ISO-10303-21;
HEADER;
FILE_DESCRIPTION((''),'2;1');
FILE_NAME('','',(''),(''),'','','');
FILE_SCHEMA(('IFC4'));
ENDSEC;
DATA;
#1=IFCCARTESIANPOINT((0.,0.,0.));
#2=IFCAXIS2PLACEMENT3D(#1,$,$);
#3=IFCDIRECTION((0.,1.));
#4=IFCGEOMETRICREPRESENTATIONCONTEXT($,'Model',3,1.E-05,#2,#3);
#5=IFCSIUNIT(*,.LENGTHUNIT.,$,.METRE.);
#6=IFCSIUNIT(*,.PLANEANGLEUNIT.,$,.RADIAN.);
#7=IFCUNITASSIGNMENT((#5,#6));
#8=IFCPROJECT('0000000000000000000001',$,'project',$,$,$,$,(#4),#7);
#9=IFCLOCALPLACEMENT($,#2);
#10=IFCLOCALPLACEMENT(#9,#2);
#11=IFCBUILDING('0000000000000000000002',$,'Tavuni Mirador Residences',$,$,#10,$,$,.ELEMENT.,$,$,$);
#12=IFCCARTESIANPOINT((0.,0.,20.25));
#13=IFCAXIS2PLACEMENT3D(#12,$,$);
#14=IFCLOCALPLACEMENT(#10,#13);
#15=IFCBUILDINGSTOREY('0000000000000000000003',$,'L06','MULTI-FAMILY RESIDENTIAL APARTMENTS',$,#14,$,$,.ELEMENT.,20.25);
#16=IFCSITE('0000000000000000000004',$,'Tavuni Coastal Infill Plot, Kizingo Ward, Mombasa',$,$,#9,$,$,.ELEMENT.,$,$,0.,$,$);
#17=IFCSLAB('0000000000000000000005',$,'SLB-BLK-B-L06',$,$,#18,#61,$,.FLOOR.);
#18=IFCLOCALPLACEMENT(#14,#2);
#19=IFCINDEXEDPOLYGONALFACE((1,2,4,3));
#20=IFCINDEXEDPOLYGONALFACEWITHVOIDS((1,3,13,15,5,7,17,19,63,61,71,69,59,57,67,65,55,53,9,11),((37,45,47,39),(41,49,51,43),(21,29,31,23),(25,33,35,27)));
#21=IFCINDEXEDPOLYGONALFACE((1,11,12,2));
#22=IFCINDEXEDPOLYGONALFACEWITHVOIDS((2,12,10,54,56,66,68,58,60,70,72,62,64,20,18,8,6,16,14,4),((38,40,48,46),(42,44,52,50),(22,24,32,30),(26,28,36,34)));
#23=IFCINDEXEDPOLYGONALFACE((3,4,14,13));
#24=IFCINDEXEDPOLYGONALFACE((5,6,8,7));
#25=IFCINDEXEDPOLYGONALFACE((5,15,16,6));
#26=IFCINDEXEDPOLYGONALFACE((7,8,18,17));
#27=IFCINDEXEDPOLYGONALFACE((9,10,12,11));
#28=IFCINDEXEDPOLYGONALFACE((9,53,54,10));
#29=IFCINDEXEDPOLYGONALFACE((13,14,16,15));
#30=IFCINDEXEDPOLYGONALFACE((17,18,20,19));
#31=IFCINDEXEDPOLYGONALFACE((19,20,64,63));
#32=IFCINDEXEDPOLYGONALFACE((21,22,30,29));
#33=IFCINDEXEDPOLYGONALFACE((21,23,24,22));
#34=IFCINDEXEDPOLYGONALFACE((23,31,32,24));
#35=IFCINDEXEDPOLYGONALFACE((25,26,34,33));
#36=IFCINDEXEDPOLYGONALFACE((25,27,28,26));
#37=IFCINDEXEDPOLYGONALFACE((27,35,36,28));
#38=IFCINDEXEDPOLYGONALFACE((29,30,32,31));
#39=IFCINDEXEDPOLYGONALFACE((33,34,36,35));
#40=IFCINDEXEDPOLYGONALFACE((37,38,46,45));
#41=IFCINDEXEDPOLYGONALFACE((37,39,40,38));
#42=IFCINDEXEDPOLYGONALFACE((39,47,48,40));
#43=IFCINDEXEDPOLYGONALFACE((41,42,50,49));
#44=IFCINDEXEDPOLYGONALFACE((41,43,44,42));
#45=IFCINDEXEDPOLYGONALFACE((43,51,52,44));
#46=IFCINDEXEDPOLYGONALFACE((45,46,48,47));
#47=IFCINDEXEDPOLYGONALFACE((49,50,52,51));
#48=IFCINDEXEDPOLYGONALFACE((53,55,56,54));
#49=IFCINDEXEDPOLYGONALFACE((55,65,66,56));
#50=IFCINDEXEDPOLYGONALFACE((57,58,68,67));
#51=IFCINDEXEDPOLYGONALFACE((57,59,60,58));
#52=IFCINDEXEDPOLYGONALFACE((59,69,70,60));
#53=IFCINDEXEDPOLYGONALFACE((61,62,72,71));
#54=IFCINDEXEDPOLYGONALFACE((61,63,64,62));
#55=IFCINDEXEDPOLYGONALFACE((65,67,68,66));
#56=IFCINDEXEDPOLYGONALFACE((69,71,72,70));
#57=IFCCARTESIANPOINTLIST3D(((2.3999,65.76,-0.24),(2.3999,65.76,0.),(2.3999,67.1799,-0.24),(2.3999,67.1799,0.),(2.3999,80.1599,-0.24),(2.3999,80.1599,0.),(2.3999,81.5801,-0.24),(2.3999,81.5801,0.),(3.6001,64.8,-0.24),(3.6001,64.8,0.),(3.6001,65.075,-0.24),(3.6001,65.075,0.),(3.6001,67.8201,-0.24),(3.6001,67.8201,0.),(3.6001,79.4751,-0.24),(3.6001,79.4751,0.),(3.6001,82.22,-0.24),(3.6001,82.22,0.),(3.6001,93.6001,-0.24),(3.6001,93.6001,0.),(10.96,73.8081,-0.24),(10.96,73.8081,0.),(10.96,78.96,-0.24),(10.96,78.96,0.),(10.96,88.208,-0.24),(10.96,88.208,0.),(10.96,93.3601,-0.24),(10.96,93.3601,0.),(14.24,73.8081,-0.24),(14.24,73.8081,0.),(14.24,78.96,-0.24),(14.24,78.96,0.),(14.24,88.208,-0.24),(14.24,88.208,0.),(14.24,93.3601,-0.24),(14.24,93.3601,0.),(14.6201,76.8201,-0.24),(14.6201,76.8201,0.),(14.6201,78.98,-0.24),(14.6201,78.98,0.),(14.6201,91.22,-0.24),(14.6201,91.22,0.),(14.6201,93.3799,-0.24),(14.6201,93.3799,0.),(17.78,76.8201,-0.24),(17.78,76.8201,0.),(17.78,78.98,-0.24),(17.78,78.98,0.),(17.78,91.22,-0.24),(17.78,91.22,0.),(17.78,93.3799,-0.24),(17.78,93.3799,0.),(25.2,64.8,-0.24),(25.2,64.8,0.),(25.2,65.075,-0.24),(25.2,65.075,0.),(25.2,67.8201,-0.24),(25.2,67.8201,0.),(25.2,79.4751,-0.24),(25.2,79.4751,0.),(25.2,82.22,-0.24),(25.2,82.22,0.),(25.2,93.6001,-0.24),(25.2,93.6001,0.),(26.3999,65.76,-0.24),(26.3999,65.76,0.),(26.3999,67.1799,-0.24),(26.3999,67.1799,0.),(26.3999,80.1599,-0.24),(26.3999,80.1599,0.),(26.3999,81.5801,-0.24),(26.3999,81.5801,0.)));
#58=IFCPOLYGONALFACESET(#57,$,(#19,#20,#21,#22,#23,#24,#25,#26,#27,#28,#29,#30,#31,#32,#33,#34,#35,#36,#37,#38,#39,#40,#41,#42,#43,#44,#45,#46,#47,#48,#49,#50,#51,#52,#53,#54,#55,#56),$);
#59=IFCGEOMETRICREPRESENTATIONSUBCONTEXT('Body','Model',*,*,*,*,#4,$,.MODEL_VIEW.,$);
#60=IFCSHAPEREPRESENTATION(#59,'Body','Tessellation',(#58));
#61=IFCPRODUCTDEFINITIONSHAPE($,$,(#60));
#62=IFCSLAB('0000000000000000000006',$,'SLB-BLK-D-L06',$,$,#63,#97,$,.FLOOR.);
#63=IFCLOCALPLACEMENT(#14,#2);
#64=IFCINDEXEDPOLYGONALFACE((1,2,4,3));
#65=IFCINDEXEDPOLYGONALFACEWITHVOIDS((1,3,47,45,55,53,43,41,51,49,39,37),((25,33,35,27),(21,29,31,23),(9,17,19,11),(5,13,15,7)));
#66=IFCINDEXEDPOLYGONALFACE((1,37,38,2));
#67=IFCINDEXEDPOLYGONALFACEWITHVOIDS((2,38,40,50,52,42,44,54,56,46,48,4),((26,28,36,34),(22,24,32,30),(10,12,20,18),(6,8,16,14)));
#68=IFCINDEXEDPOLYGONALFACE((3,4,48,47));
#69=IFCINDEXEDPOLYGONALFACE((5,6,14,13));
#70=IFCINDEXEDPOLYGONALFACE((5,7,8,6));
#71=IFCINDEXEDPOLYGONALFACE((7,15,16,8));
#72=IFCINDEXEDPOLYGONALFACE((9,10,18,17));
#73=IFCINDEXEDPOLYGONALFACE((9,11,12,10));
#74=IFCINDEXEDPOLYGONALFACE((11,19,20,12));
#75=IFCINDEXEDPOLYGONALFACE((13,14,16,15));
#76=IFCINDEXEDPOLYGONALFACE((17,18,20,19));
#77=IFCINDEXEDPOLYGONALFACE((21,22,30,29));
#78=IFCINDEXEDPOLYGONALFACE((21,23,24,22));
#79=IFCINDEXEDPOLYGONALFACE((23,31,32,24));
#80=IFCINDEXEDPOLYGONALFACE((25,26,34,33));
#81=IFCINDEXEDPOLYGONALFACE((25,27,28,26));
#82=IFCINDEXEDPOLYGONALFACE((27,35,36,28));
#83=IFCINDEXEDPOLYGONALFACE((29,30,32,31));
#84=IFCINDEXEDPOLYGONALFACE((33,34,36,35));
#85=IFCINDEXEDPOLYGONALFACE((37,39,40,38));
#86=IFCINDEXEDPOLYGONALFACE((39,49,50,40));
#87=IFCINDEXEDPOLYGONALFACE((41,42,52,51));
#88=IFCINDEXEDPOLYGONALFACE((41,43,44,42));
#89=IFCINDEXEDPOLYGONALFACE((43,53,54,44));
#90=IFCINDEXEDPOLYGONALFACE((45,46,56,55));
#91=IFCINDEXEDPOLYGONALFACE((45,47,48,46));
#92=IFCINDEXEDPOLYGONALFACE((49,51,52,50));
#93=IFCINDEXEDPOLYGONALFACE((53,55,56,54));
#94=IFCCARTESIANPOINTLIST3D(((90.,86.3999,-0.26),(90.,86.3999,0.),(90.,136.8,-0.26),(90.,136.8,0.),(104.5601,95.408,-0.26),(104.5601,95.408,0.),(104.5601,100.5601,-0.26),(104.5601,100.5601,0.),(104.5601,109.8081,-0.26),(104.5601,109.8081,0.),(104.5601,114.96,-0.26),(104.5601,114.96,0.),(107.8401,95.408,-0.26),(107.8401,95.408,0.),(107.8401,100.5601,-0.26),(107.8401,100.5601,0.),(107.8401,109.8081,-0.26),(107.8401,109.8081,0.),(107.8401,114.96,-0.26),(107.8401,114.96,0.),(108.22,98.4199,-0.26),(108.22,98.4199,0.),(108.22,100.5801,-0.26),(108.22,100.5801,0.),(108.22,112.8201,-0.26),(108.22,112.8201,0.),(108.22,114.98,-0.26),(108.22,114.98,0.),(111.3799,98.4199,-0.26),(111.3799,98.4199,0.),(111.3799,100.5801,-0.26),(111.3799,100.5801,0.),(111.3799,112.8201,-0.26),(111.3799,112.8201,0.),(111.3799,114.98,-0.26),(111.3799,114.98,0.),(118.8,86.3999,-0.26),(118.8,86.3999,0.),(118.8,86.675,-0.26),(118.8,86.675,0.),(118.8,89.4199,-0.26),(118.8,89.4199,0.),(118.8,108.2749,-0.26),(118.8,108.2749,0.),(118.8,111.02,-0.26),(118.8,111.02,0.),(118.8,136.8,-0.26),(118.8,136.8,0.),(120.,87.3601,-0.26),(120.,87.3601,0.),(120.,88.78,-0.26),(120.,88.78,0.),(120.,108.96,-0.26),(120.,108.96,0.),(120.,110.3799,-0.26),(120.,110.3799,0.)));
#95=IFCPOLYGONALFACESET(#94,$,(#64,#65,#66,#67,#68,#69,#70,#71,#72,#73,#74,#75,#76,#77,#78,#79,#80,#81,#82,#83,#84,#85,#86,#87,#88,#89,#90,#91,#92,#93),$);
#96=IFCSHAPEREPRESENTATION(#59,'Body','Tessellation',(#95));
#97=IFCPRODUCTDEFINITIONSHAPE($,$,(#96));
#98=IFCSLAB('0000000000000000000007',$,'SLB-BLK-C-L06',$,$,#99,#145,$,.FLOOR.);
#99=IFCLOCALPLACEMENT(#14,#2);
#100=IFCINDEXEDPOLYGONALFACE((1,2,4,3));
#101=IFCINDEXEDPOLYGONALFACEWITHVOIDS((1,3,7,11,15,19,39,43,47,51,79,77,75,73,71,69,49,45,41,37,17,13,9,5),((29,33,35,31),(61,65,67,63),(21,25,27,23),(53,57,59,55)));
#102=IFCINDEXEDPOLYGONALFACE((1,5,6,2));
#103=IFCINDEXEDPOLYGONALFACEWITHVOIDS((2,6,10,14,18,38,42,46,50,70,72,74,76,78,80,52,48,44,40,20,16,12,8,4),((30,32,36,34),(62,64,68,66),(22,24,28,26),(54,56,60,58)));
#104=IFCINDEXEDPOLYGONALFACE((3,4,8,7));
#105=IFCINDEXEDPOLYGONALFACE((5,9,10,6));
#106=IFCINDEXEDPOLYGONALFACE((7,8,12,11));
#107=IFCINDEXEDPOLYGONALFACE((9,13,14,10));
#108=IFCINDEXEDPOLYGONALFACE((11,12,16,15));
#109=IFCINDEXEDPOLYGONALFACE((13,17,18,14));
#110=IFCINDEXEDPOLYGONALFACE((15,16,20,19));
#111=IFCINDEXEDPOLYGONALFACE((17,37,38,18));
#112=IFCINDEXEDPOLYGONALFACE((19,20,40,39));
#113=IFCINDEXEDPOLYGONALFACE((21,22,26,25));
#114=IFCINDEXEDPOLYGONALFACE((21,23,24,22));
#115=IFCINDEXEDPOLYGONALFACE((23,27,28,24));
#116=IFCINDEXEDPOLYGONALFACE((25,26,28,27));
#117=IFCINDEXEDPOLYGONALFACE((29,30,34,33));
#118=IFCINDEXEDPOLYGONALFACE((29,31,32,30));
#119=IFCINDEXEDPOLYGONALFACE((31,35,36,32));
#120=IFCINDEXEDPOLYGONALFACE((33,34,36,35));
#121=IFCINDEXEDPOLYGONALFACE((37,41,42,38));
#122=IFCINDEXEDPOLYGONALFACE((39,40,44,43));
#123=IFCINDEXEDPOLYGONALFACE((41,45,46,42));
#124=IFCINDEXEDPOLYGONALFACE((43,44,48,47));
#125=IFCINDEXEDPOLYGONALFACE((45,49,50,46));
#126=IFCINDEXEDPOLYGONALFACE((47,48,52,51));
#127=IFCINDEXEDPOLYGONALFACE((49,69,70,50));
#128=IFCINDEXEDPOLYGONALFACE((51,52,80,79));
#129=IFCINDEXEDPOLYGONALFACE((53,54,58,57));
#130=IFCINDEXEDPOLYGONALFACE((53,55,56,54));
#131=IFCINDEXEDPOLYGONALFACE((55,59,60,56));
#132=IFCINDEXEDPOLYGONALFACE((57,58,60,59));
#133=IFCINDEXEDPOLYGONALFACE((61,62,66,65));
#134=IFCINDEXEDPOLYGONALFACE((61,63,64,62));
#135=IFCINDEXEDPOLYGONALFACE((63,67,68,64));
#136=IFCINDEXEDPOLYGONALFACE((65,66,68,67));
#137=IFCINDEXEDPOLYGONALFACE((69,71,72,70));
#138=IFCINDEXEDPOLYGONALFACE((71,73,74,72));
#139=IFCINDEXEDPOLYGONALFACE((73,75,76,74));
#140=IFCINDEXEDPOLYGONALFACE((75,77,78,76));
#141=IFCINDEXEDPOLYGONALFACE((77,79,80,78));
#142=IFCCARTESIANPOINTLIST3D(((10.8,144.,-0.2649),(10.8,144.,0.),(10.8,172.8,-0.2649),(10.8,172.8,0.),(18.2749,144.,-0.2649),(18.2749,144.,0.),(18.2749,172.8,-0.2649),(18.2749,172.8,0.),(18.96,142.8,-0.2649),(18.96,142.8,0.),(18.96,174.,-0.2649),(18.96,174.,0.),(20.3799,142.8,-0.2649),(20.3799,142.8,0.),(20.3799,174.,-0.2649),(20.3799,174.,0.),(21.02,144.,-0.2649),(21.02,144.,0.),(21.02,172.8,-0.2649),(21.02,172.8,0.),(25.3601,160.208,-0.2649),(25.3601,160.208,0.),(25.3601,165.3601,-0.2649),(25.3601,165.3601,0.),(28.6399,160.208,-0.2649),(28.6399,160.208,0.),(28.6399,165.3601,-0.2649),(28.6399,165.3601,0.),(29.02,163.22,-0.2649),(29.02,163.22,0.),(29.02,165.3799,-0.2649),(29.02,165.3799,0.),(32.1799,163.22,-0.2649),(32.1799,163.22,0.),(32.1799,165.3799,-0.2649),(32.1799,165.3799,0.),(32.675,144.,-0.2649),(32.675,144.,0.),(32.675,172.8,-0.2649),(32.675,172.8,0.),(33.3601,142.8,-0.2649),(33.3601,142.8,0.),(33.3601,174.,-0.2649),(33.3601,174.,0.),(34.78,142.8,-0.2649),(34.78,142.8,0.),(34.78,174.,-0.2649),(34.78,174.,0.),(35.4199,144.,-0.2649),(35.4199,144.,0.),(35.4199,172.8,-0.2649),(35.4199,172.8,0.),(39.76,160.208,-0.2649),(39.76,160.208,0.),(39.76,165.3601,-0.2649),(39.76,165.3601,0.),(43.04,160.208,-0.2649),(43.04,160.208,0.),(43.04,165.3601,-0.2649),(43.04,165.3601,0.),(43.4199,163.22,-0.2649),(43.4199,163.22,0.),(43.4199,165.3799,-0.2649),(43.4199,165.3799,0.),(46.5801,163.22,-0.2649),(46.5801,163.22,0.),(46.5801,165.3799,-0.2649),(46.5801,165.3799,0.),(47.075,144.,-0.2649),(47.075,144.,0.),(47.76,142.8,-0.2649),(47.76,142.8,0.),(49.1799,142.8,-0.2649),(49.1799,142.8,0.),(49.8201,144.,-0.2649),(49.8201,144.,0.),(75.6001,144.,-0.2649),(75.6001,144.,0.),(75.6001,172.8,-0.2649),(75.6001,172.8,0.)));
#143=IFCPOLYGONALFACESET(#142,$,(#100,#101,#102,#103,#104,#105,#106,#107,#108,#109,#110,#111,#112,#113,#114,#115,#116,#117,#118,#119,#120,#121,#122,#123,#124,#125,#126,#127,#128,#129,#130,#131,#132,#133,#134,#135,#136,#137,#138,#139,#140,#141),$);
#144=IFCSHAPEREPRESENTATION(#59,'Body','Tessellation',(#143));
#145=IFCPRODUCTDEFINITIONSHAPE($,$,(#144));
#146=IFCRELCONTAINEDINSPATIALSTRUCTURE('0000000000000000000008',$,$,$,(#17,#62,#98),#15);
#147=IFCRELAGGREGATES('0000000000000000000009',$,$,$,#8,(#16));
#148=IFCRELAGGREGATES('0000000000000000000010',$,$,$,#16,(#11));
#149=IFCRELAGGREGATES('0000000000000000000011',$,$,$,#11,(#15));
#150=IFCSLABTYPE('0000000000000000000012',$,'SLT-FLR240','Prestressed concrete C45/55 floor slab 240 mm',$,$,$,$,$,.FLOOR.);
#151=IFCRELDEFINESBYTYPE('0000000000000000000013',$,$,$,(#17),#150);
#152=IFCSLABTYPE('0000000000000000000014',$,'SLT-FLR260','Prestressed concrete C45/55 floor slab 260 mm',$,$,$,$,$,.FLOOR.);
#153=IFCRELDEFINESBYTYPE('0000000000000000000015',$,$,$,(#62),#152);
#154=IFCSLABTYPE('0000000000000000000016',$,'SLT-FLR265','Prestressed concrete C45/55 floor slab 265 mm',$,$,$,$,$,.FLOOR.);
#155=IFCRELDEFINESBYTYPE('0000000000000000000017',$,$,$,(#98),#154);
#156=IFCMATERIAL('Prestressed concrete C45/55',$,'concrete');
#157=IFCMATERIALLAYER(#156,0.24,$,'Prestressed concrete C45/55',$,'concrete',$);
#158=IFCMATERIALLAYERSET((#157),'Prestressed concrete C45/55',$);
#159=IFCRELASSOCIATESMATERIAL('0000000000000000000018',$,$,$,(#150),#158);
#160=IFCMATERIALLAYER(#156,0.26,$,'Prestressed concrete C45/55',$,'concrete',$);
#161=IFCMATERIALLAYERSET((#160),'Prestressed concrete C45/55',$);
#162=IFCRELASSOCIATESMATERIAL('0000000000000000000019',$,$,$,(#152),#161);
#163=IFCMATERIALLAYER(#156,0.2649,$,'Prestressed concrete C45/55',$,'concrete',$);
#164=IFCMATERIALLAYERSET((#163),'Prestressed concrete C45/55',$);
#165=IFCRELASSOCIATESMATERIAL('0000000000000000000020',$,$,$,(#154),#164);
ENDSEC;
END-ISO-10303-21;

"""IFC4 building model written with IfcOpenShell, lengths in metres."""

from ifc_helpers import new_model, si_unit, direction, frame, origin, place, context, subcontext, project, spatial, polyline, outline, extrude, material, layer, layer_set, type_object, element, save


model = new_model("IFC4")

# Units and contexts
model_context = context("Model", 3, precision=1e-05, world=origin(), true_north=direction((0.0, 1.0)))
body_context = subcontext(model_context, "Body", "Model", "MODEL_VIEW")
ifc_project = project(units=[si_unit("LENGTHUNIT", "METRE"), si_unit("PLANEANGLEUNIT", "RADIAN")], contexts=[model_context])

# Site, building, storey
site_placement = place(None, origin())
site = spatial("IfcSite", under=ifc_project, at=site_placement, Name="Tavuni Coastal Infill Plot, Kizingo Ward, Mombasa", CompositionType="ELEMENT", RefElevation=0.0)
building_placement = place(site_placement, origin())
building = spatial("IfcBuilding", under=site, at=building_placement, Name="Tavuni Mirador Residences", CompositionType="ELEMENT")
storey_placement = place(building_placement, frame((0.0, 0.0, 20.25)))
storey = spatial("IfcBuildingStorey", under=building, at=storey_placement, Name="L06", Description="MULTI-FAMILY RESIDENTIAL APARTMENTS", CompositionType="ELEMENT", Elevation=20.25)

# Slabs
ifc_material_1 = material(Name="Prestressed concrete C45/55", Category="concrete")
ifc_layer_1 = layer(ifc_material_1, 0.24, Name="Prestressed concrete C45/55", Category="concrete")
ifc_layer_set_1 = layer_set([ifc_layer_1], Name="Prestressed concrete C45/55")
slab_type_1 = type_object("IfcSlabType", Name="SLT-FLR240", Description="Prestressed concrete C45/55 floor slab 240 mm", PredefinedType="FLOOR", material=ifc_layer_set_1)
slab_1_placement = place(storey_placement, frame((0.0, 0.0, -0.24)))
element("IfcSlab", 1, at=slab_1_placement, inside=storey, type_object=slab_type_1, Name="SLB-BLK-B-L06", PredefinedType="FLOOR", context=body_context, shape_type="SweptSolid", body=[
    extrude(outline(polyline([(3.6001, 64.8), (25.2, 64.8), (25.2, 65.075), (26.3999, 65.76), (26.3999, 67.1799), (25.2, 67.8201), (25.2, 79.4751), (26.3999, 80.1599), (26.3999, 81.5801), (25.2, 82.22), (25.2, 93.6001), (3.6001, 93.6001), (3.6001, 82.22), (2.3999, 81.5801), (2.3999, 80.1599), (3.6001, 79.4751), (3.6001, 67.8201), (2.3999, 67.1799), (2.3999, 65.76), (3.6001, 65.075), (3.6001, 64.8)]), holes=[polyline([(10.96, 73.8081), (14.24, 73.8081), (14.24, 78.96), (10.96, 78.96), (10.96, 73.8081)]), polyline([(14.6201, 76.8201), (17.78, 76.8201), (17.78, 78.98), (14.6201, 78.98), (14.6201, 76.8201)]), polyline([(10.96, 88.208), (14.24, 88.208), (14.24, 93.3601), (10.96, 93.3601), (10.96, 88.208)]), polyline([(14.6201, 91.22), (17.78, 91.22), (17.78, 93.3799), (14.6201, 93.3799), (14.6201, 91.22)])]), origin(), (0.0, 0.0, 1.0), 0.24),
])
ifc_layer_2 = layer(ifc_material_1, 0.26, Name="Prestressed concrete C45/55", Category="concrete")
ifc_layer_set_2 = layer_set([ifc_layer_2], Name="Prestressed concrete C45/55")
slab_type_2 = type_object("IfcSlabType", Name="SLT-FLR260", Description="Prestressed concrete C45/55 floor slab 260 mm", PredefinedType="FLOOR", material=ifc_layer_set_2)
slab_2_placement = place(storey_placement, frame((0.0, 0.0, -0.26)))
element("IfcSlab", 2, at=slab_2_placement, inside=storey, type_object=slab_type_2, Name="SLB-BLK-D-L06", PredefinedType="FLOOR", context=body_context, shape_type="SweptSolid", body=[
    extrude(outline(polyline([(90.0, 86.3999), (118.8, 86.3999), (118.8, 86.675), (120.0, 87.3601), (120.0, 88.78), (118.8, 89.4199), (118.8, 108.2749), (120.0, 108.96), (120.0, 110.3799), (118.8, 111.02), (118.8, 136.8), (90.0, 136.8), (90.0, 86.3999)]), holes=[polyline([(104.5601, 95.408), (107.8401, 95.408), (107.8401, 100.5601), (104.5601, 100.5601), (104.5601, 95.408)]), polyline([(108.22, 98.4199), (111.3799, 98.4199), (111.3799, 100.5801), (108.22, 100.5801), (108.22, 98.4199)]), polyline([(104.5601, 109.8081), (107.8401, 109.8081), (107.8401, 114.96), (104.5601, 114.96), (104.5601, 109.8081)]), polyline([(108.22, 112.8201), (111.3799, 112.8201), (111.3799, 114.98), (108.22, 114.98), (108.22, 112.8201)])]), origin(), (0.0, 0.0, 1.0), 0.26),
])
ifc_layer_3 = layer(ifc_material_1, 0.2649, Name="Prestressed concrete C45/55", Category="concrete")
ifc_layer_set_3 = layer_set([ifc_layer_3], Name="Prestressed concrete C45/55")
slab_type_3 = type_object("IfcSlabType", Name="SLT-FLR265", Description="Prestressed concrete C45/55 floor slab 265 mm", PredefinedType="FLOOR", material=ifc_layer_set_3)
slab_3_placement = place(storey_placement, frame((0.0, 0.0, -0.2649)))
element("IfcSlab", 3, at=slab_3_placement, inside=storey, type_object=slab_type_3, Name="SLB-BLK-C-L06", PredefinedType="FLOOR", context=body_context, shape_type="SweptSolid", body=[
    extrude(outline(polyline([(10.8, 144.0), (18.2749, 144.0), (18.96, 142.8), (20.3799, 142.8), (21.02, 144.0), (32.675, 144.0), (33.3601, 142.8), (34.78, 142.8), (35.4199, 144.0), (47.075, 144.0), (47.76, 142.8), (49.1799, 142.8), (49.8201, 144.0), (75.6001, 144.0), (75.6001, 172.8), (35.4199, 172.8), (34.78, 174.0), (33.3601, 174.0), (32.675, 172.8), (21.02, 172.8), (20.3799, 174.0), (18.96, 174.0), (18.2749, 172.8), (10.8, 172.8), (10.8, 144.0)]), holes=[polyline([(25.3601, 160.208), (28.6399, 160.208), (28.6399, 165.3601), (25.3601, 165.3601), (25.3601, 160.208)]), polyline([(29.02, 163.22), (32.1799, 163.22), (32.1799, 165.3799), (29.02, 165.3799), (29.02, 163.22)]), polyline([(39.76, 160.208), (43.04, 160.208), (43.04, 165.3601), (39.76, 165.3601), (39.76, 160.208)]), polyline([(43.4199, 163.22), (46.5801, 163.22), (46.5801, 165.3799), (43.4199, 165.3799), (43.4199, 163.22)])]), origin(), (0.0, 0.0, 1.0), 0.2649),
])

save(model, "model.ifc")
